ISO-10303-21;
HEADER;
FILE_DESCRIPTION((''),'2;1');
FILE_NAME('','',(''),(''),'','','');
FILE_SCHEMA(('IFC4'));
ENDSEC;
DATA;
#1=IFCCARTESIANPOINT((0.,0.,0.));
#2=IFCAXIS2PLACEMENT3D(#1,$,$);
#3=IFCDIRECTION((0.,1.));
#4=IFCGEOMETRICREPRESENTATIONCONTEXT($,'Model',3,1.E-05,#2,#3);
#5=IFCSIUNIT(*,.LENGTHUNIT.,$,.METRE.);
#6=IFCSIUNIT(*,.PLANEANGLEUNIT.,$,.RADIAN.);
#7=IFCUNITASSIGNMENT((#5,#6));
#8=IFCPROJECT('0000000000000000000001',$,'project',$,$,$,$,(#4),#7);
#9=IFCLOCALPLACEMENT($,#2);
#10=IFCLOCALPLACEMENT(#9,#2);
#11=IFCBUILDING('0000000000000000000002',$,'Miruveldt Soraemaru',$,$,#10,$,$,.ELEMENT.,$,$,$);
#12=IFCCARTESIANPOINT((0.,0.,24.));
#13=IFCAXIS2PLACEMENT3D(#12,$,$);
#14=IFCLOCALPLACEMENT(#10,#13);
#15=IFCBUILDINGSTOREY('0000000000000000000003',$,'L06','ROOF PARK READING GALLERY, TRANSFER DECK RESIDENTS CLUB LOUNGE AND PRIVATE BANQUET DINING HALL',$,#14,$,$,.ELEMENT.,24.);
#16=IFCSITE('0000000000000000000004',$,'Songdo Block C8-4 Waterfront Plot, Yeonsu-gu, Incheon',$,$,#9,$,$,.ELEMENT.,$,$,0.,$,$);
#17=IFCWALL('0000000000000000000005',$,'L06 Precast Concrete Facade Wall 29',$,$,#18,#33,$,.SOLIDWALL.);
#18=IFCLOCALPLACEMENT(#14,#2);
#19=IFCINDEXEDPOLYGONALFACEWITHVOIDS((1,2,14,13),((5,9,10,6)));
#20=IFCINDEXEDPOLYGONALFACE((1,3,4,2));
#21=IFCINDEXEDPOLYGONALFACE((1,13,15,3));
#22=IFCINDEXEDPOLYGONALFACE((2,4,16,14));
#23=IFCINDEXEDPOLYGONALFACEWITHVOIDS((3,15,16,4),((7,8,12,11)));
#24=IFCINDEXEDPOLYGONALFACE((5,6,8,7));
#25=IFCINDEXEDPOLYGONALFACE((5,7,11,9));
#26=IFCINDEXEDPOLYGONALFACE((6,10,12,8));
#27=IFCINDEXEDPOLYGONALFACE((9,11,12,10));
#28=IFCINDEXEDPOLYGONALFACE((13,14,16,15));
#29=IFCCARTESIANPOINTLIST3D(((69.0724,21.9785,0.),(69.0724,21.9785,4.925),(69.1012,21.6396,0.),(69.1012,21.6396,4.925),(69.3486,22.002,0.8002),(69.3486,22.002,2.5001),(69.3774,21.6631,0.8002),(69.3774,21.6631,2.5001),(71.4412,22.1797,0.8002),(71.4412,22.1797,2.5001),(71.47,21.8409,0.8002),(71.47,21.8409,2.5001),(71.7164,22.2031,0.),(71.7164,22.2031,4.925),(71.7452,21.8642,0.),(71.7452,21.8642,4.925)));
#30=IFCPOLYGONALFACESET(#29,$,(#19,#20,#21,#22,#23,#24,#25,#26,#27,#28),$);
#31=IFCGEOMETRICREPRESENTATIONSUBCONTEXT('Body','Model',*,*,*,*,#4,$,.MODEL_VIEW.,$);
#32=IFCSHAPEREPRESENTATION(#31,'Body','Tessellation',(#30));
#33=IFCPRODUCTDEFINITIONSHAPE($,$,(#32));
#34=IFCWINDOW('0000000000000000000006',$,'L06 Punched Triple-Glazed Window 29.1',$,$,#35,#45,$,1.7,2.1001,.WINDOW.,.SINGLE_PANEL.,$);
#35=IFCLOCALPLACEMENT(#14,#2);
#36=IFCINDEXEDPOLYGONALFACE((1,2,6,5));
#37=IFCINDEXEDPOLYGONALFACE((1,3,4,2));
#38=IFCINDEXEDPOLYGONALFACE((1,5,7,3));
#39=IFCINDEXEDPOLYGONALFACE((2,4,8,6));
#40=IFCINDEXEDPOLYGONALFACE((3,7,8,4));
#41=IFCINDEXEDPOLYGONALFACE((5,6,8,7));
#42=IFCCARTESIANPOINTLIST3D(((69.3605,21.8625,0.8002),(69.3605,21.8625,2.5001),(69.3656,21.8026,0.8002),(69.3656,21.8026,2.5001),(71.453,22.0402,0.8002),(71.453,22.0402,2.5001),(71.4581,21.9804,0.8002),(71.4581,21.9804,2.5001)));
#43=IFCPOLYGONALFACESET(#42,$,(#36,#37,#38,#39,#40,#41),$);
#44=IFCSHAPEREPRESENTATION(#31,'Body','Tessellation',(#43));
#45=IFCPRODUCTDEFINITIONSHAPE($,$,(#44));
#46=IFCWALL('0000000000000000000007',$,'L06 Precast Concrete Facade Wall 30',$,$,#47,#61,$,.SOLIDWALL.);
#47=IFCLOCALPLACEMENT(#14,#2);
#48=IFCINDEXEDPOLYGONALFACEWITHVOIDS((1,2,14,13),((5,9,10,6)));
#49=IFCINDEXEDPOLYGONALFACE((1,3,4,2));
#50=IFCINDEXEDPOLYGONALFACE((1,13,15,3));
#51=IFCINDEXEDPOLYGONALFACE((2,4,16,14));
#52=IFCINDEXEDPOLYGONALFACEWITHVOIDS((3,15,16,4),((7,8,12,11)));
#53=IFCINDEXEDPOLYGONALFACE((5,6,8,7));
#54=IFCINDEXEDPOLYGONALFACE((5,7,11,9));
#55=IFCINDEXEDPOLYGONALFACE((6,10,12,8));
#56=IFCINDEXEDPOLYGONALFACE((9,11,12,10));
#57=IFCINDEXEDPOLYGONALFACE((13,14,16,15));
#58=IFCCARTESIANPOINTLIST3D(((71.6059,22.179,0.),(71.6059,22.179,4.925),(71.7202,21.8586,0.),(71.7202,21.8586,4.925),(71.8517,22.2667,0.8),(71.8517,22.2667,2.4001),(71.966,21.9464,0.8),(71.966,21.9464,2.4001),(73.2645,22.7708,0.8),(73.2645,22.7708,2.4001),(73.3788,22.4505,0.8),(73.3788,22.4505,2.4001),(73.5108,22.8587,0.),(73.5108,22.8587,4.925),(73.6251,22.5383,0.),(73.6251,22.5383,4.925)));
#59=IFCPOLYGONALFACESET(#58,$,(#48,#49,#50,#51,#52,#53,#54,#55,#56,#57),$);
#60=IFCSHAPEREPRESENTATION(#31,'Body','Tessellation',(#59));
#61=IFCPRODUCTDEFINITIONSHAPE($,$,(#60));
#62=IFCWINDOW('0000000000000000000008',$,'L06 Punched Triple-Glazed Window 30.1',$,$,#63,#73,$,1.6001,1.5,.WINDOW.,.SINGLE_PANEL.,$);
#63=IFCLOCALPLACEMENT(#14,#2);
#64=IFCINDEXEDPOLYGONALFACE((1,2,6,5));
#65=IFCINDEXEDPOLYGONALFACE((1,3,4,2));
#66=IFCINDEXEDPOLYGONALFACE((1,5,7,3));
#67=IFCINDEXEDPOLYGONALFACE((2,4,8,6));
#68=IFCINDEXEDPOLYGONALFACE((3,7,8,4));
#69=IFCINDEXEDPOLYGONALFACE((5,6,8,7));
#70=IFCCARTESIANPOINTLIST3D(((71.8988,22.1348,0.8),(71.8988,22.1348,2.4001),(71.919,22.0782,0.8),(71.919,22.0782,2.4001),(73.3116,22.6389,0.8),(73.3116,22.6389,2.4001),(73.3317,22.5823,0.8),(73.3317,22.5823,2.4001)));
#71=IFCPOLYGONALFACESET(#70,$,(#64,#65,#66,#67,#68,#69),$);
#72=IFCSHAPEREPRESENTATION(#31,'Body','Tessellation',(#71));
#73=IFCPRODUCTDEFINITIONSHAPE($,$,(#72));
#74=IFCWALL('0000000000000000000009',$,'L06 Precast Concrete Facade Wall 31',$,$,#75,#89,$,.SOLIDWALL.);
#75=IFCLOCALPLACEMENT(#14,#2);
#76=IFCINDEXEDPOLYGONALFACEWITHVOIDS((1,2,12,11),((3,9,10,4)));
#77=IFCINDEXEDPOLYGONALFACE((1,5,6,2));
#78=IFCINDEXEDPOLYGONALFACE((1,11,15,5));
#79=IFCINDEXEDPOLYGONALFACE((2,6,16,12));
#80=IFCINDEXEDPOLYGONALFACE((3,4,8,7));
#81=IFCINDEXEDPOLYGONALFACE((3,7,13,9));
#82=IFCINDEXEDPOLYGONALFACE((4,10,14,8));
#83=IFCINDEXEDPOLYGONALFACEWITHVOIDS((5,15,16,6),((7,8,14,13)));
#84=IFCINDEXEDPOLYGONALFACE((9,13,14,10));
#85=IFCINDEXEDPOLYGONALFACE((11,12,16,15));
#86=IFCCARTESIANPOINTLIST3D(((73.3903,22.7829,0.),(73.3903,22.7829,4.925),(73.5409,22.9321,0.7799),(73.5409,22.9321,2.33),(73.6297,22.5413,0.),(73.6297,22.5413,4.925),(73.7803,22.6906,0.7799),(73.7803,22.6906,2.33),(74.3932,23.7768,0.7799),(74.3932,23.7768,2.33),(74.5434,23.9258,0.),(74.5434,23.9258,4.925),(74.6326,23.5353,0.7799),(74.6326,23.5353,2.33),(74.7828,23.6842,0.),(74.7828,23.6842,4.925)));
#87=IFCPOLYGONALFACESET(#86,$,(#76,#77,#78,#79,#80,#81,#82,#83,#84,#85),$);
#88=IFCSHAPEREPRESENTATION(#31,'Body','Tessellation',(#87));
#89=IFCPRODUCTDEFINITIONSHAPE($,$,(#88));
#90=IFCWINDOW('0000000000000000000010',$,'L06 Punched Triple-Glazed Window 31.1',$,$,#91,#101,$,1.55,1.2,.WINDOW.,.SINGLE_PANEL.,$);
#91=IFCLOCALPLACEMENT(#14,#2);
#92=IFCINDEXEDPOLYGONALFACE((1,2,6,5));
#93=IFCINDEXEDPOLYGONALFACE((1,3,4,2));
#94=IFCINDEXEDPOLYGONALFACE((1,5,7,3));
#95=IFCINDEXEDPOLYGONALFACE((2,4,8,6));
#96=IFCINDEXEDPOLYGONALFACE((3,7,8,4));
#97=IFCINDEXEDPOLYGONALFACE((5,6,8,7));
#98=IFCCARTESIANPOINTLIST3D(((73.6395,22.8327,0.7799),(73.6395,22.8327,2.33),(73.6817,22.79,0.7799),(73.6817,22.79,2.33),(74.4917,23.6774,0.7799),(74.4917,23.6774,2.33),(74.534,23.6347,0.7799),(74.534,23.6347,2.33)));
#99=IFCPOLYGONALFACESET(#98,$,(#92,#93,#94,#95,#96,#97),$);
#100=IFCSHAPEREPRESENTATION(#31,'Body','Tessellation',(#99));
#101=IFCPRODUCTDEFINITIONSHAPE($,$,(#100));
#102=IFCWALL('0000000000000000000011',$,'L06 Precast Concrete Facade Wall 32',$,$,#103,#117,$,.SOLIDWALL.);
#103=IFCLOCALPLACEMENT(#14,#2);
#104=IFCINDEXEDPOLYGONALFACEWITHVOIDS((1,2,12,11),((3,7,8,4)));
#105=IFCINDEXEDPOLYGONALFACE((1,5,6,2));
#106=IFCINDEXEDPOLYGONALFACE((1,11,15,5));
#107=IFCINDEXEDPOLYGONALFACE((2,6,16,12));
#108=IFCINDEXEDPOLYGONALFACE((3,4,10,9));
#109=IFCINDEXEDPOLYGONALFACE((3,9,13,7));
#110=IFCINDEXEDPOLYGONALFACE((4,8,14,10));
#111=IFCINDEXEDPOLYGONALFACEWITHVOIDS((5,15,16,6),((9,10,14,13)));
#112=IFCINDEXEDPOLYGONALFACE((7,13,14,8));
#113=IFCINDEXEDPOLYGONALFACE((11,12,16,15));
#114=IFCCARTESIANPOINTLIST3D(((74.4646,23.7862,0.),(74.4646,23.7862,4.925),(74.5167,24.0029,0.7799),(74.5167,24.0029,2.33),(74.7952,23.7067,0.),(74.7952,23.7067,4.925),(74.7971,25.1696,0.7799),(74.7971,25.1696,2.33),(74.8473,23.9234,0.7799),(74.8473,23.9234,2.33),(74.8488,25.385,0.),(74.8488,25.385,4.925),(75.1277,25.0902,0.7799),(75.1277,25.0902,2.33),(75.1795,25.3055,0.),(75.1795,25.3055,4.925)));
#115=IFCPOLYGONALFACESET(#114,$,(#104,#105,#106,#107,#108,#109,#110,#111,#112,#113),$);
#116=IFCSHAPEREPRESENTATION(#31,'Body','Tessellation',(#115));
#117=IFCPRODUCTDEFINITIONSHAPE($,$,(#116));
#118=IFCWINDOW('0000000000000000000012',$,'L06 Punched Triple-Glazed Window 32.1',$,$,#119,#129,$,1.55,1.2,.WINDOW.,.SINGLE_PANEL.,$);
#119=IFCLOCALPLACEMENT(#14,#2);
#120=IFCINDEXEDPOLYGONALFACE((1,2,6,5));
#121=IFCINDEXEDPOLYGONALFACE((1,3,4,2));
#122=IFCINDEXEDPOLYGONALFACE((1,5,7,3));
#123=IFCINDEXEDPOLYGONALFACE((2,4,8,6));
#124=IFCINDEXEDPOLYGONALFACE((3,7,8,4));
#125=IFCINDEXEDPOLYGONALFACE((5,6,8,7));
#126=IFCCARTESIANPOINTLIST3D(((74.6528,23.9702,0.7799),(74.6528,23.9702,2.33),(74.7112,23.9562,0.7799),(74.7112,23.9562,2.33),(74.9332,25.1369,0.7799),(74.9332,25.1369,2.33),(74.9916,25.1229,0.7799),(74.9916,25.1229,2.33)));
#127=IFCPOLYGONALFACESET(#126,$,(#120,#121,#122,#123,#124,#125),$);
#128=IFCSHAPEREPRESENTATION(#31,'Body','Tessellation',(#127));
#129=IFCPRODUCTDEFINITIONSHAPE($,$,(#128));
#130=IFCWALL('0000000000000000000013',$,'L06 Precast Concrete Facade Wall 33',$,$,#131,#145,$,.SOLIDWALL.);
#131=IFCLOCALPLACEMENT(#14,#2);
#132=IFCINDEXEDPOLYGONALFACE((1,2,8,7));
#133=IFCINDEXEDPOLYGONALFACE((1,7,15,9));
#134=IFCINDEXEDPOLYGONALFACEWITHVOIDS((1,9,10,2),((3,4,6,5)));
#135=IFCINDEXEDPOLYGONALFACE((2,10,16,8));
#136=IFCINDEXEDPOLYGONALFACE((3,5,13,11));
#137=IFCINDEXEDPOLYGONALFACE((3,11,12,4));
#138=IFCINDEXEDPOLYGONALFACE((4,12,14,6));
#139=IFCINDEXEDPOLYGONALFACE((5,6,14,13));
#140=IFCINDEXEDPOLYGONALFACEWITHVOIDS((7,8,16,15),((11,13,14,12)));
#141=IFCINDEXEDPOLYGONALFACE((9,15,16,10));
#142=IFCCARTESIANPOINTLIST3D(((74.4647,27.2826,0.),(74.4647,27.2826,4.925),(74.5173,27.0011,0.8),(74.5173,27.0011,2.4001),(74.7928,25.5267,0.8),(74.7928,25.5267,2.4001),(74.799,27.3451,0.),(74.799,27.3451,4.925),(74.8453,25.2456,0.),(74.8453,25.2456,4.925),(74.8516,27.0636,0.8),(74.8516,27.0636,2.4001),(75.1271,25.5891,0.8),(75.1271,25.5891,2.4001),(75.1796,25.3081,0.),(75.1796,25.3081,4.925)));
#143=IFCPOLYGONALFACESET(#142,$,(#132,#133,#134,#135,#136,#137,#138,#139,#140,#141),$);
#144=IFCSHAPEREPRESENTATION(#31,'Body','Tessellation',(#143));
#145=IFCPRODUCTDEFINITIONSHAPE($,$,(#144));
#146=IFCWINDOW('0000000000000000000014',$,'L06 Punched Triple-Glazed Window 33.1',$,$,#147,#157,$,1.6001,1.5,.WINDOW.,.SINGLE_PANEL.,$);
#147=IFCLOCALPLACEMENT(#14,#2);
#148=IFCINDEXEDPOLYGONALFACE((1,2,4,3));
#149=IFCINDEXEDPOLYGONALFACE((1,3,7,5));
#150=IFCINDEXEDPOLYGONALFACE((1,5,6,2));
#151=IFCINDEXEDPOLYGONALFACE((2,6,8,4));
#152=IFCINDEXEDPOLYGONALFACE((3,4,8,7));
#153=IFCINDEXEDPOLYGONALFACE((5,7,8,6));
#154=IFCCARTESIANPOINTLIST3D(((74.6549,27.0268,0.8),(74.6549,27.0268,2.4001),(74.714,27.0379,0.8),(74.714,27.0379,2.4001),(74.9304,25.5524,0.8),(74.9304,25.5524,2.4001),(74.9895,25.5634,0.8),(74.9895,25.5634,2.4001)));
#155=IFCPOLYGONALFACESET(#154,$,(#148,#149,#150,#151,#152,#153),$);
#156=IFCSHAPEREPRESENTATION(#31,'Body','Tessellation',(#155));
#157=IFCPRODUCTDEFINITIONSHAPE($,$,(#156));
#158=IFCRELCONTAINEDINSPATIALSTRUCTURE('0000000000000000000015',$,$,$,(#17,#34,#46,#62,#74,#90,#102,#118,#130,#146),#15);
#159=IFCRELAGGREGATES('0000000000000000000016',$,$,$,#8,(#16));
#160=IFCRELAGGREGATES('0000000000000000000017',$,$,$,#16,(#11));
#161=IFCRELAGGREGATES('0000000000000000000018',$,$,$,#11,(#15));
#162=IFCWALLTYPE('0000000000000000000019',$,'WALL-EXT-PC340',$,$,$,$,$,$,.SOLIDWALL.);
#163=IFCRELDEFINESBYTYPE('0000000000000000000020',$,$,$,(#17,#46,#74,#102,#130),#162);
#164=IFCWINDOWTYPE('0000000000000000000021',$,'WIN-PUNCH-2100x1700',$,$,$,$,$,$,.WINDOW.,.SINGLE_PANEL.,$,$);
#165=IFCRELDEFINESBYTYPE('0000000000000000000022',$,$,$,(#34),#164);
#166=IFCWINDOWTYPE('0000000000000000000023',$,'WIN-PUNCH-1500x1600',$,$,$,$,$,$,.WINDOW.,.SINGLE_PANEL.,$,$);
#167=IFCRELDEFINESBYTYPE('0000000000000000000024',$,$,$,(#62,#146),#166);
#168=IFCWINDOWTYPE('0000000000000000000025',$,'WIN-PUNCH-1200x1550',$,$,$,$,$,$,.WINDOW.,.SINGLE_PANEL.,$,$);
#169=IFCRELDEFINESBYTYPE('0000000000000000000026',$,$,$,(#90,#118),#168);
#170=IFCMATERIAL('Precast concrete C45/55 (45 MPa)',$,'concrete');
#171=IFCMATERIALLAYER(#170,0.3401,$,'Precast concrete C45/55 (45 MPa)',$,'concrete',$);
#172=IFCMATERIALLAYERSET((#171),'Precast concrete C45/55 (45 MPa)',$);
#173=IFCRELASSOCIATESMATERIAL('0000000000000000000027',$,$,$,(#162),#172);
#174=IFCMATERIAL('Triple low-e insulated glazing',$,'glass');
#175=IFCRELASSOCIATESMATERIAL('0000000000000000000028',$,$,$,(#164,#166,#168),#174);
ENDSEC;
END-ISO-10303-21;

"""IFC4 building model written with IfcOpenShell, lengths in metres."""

from ifc_helpers import new_model, si_unit, direction, frame, frame_2d, origin, place, context, subcontext, project, spatial, rectangle, extrude, material, layer, layer_set, type_object, element, fill, save


model = new_model("IFC4")

# Units and contexts
model_context = context("Model", 3, precision=1e-05, world=origin(), true_north=direction((0.0, 1.0)))
body_context = subcontext(model_context, "Body", "Model", "MODEL_VIEW")
ifc_project = project(units=[si_unit("LENGTHUNIT", "METRE"), si_unit("PLANEANGLEUNIT", "RADIAN")], contexts=[model_context])

# Site, building, storey
site_placement = place(None, origin())
site = spatial("IfcSite", under=ifc_project, at=site_placement, Name="Songdo Block C8-4 Waterfront Plot, Yeonsu-gu, Incheon", CompositionType="ELEMENT", RefElevation=0.0)
building_placement = place(site_placement, origin())
building = spatial("IfcBuilding", under=site, at=building_placement, Name="Miruveldt Soraemaru", CompositionType="ELEMENT")
storey_placement = place(building_placement, frame((0.0, 0.0, 24.0)))
storey = spatial("IfcBuildingStorey", under=building, at=storey_placement, Name="L06", Description="ROOF PARK READING GALLERY, TRANSFER DECK RESIDENTS CLUB LOUNGE AND PRIVATE BANQUET DINING HALL", CompositionType="ELEMENT", Elevation=24.0)

# Walls, openings, windows
ifc_material_1 = material(Name="Precast concrete C45/55 (45 MPa)", Category="concrete")
ifc_layer_1 = layer(ifc_material_1, 0.3401, Name="Precast concrete C45/55 (45 MPa)", Category="concrete")
ifc_layer_set_1 = layer_set([ifc_layer_1], Name="Precast concrete C45/55 (45 MPa)")
wall_type_1 = type_object("IfcWallType", Name="WALL-EXT-PC340", PredefinedType="SOLIDWALL", material=ifc_layer_set_1)
ifc_material_2 = material(Name="Triple low-e insulated glazing", Category="glass")
wall_1_placement = place(storey_placement, frame((69.0869, 21.8091, 0.0), z_axis=(0.0, 0.0, 1.0), x_axis=(0.996411, 0.084644, 0.0)))
wall_1 = element("IfcWall", 1, at=wall_1_placement, inside=storey, type_object=wall_type_1, Name="L06 Precast Concrete Facade Wall 29", PredefinedType="SOLIDWALL", context=body_context, shape_type="SweptSolid", body=[
    extrude(rectangle(XDim=2.6536, YDim=0.3401, at=frame_2d((1.3267, 0.0))), origin(), (0.0, 0.0, 1.0), 4.925),
])
opening_1_placement = place(wall_1_placement, frame((0.2771, 0.0, 0.8)))
opening_1 = element("IfcOpeningElement", 2, at=opening_1_placement, cuts=wall_1, PredefinedType="OPENING", context=body_context, shape_type="SweptSolid", body=[
    extrude(rectangle(XDim=2.1001, YDim=1.7, at=frame_2d((1.05, 0.8501))), frame((0.0, 0.1802, 0.0), z_axis=(0.0, -1.0, 0.0), x_axis=(1.0, 0.0, 0.0)), (0.0, 0.0, 1.0), 0.3601),
])
window_type_1 = type_object("IfcWindowType", Name="WIN-PUNCH-2100x1700", PartitioningType="SINGLE_PANEL", PredefinedType="WINDOW", material=ifc_material_2)
window_1_placement = place(opening_1_placement, origin())
window_1 = element("IfcWindow", 3, at=window_1_placement, inside=storey, type_object=window_type_1, Name="L06 Punched Triple-Glazed Window 29.1", OverallHeight=1.7, OverallWidth=2.1001, PartitioningType="SINGLE_PANEL", PredefinedType="WINDOW", context=body_context, shape_type="SweptSolid", body=[
    extrude(rectangle(XDim=2.1001, YDim=1.7, at=frame_2d((1.05, 0.8501))), frame((0.0, 0.03, 0.0), z_axis=(0.0, -1.0, 0.0), x_axis=(1.0, 0.0, 0.0)), (0.0, 0.0, 1.0), 0.0601),
])
fill(opening_1, window_1)
wall_2_placement = place(storey_placement, frame((71.6631, 22.0188, 0.0), z_axis=(0.0, 0.0, 1.0), x_axis=(0.941835, 0.336076, 0.0)))
wall_2 = element("IfcWall", 4, at=wall_2_placement, inside=storey, type_object=wall_type_1, Name="L06 Precast Concrete Facade Wall 30", PredefinedType="SOLIDWALL", context=body_context, shape_type="SweptSolid", body=[
    extrude(rectangle(XDim=2.0225, YDim=0.3401, at=frame_2d((1.0112, 0.0))), origin(), (0.0, 0.0, 1.0), 4.925),
])
opening_2_placement = place(wall_2_placement, frame((0.261, 0.0, 0.8)))
opening_2 = element("IfcOpeningElement", 5, at=opening_2_placement, cuts=wall_2, PredefinedType="OPENING", context=body_context, shape_type="SweptSolid", body=[
    extrude(rectangle(XDim=1.5, YDim=1.6001, at=frame_2d((0.75, 0.8))), frame((0.0, 0.1802, 0.0), z_axis=(0.0, -1.0, 0.0), x_axis=(1.0, 0.0, 0.0)), (0.0, 0.0, 1.0), 0.3601),
])
window_type_2 = type_object("IfcWindowType", Name="WIN-PUNCH-1500x1600", PartitioningType="SINGLE_PANEL", PredefinedType="WINDOW", material=ifc_material_2)
window_2_placement = place(opening_2_placement, origin())
window_2 = element("IfcWindow", 6, at=window_2_placement, inside=storey, type_object=window_type_2, Name="L06 Punched Triple-Glazed Window 30.1", OverallHeight=1.6001, OverallWidth=1.5, PartitioningType="SINGLE_PANEL", PredefinedType="WINDOW", context=body_context, shape_type="SweptSolid", body=[
    extrude(rectangle(XDim=1.5, YDim=1.6001, at=frame_2d((0.75, 0.8))), frame((0.0, 0.03, 0.0), z_axis=(0.0, -1.0, 0.0), x_axis=(1.0, 0.0, 0.0)), (0.0, 0.0, 1.0), 0.0601),
])
fill(opening_2, window_2)
wall_3_placement = place(storey_placement, frame((73.51, 22.6621, 0.0), z_axis=(0.0, 0.0, 1.0), x_axis=(0.710258, 0.703942, 0.0)))
wall_3 = element("IfcWall", 7, at=wall_3_placement, inside=storey, type_object=wall_type_1, Name="L06 Precast Concrete Facade Wall 31", PredefinedType="SOLIDWALL", context=body_context, shape_type="SweptSolid", body=[
    extrude(rectangle(XDim=1.6235, YDim=0.3401, at=frame_2d((0.8118, 0.0))), origin(), (0.0, 0.0, 1.0), 4.925),
])
opening_3_placement = place(wall_3_placement, frame((0.2119, 0.0, 0.78)))
opening_3 = element("IfcOpeningElement", 8, at=opening_3_placement, cuts=wall_3, PredefinedType="OPENING", context=body_context, shape_type="SweptSolid", body=[
    extrude(rectangle(XDim=1.2, YDim=1.55, at=frame_2d((0.6001, 0.7749))), frame((0.0, 0.1802, 0.0), z_axis=(0.0, -1.0, 0.0), x_axis=(1.0, 0.0, 0.0)), (0.0, 0.0, 1.0), 0.3601),
])
window_type_3 = type_object("IfcWindowType", Name="WIN-PUNCH-1200x1550", PartitioningType="SINGLE_PANEL", PredefinedType="WINDOW", material=ifc_material_2)
window_3_placement = place(opening_3_placement, origin())
window_3 = element("IfcWindow", 9, at=window_3_placement, inside=storey, type_object=window_type_3, Name="L06 Punched Triple-Glazed Window 31.1", OverallHeight=1.55, OverallWidth=1.2, PartitioningType="SINGLE_PANEL", PredefinedType="WINDOW", context=body_context, shape_type="SweptSolid", body=[
    extrude(rectangle(XDim=1.2, YDim=1.55, at=frame_2d((0.6001, 0.7749))), frame((0.0, 0.03, 0.0), z_axis=(0.0, -1.0, 0.0), x_axis=(1.0, 0.0, 0.0)), (0.0, 0.0, 1.0), 0.0601),
])
fill(opening_3, window_3)
wall_4_placement = place(storey_placement, frame((74.6299, 23.7463, 0.0), z_axis=(0.0, 0.0, 1.0), x_axis=(0.233687, 0.972312, 0.0)))
wall_4 = element("IfcWall", 10, at=wall_4_placement, inside=storey, type_object=wall_type_1, Name="L06 Precast Concrete Facade Wall 32", PredefinedType="SOLIDWALL", context=body_context, shape_type="SweptSolid", body=[
    extrude(rectangle(XDim=1.6443, YDim=0.3401, at=frame_2d((0.8223, 0.0))), origin(), (0.0, 0.0, 1.0), 4.925),
])
opening_4_placement = place(wall_4_placement, frame((0.2229, 0.0, 0.78)))
opening_4 = element("IfcOpeningElement", 11, at=opening_4_placement, cuts=wall_4, PredefinedType="OPENING", context=body_context, shape_type="SweptSolid", body=[
    extrude(rectangle(XDim=1.2, YDim=1.55, at=frame_2d((0.6001, 0.7749))), frame((0.0, 0.1802, 0.0), z_axis=(0.0, -1.0, 0.0), x_axis=(1.0, 0.0, 0.0)), (0.0, 0.0, 1.0), 0.3601),
])
window_4_placement = place(opening_4_placement, origin())
window_4 = element("IfcWindow", 12, at=window_4_placement, inside=storey, type_object=window_type_3, Name="L06 Punched Triple-Glazed Window 32.1", OverallHeight=1.55, OverallWidth=1.2, PartitioningType="SINGLE_PANEL", PredefinedType="WINDOW", context=body_context, shape_type="SweptSolid", body=[
    extrude(rectangle(XDim=1.2, YDim=1.55, at=frame_2d((0.6001, 0.7749))), frame((0.0, 0.03, 0.0), z_axis=(0.0, -1.0, 0.0), x_axis=(1.0, 0.0, 0.0)), (0.0, 0.0, 1.0), 0.0601),
])
fill(opening_4, window_4)
wall_5_placement = place(storey_placement, frame((75.0125, 25.2769, 0.0), z_axis=(0.0, 0.0, 1.0), x_axis=(-0.183663, 0.982989, 0.0)))
wall_5 = element("IfcWall", 13, at=wall_5_placement, inside=storey, type_object=wall_type_1, Name="L06 Precast Concrete Facade Wall 33", PredefinedType="SOLIDWALL", context=body_context, shape_type="SweptSolid", body=[
    extrude(rectangle(XDim=2.0723, YDim=0.3401, at=frame_2d((1.0361, 0.0))), origin(), (0.0, 0.0, 1.0), 4.925),
])
opening_5_placement = place(wall_5_placement, frame((0.2859, 0.0, 0.8)))
opening_5 = element("IfcOpeningElement", 14, at=opening_5_placement, cuts=wall_5, PredefinedType="OPENING", context=body_context, shape_type="SweptSolid", body=[
    extrude(rectangle(XDim=1.5, YDim=1.6001, at=frame_2d((0.75, 0.8))), frame((0.0, 0.1802, 0.0), z_axis=(0.0, -1.0, 0.0), x_axis=(1.0, 0.0, 0.0)), (0.0, 0.0, 1.0), 0.3601),
])
window_5_placement = place(opening_5_placement, origin())
window_5 = element("IfcWindow", 15, at=window_5_placement, inside=storey, type_object=window_type_2, Name="L06 Punched Triple-Glazed Window 33.1", OverallHeight=1.6001, OverallWidth=1.5, PartitioningType="SINGLE_PANEL", PredefinedType="WINDOW", context=body_context, shape_type="SweptSolid", body=[
    extrude(rectangle(XDim=1.5, YDim=1.6001, at=frame_2d((0.75, 0.8))), frame((0.0, 0.03, 0.0), z_axis=(0.0, -1.0, 0.0), x_axis=(1.0, 0.0, 0.0)), (0.0, 0.0, 1.0), 0.0601),
])
fill(opening_5, window_5)

save(model, "model.ifc")
